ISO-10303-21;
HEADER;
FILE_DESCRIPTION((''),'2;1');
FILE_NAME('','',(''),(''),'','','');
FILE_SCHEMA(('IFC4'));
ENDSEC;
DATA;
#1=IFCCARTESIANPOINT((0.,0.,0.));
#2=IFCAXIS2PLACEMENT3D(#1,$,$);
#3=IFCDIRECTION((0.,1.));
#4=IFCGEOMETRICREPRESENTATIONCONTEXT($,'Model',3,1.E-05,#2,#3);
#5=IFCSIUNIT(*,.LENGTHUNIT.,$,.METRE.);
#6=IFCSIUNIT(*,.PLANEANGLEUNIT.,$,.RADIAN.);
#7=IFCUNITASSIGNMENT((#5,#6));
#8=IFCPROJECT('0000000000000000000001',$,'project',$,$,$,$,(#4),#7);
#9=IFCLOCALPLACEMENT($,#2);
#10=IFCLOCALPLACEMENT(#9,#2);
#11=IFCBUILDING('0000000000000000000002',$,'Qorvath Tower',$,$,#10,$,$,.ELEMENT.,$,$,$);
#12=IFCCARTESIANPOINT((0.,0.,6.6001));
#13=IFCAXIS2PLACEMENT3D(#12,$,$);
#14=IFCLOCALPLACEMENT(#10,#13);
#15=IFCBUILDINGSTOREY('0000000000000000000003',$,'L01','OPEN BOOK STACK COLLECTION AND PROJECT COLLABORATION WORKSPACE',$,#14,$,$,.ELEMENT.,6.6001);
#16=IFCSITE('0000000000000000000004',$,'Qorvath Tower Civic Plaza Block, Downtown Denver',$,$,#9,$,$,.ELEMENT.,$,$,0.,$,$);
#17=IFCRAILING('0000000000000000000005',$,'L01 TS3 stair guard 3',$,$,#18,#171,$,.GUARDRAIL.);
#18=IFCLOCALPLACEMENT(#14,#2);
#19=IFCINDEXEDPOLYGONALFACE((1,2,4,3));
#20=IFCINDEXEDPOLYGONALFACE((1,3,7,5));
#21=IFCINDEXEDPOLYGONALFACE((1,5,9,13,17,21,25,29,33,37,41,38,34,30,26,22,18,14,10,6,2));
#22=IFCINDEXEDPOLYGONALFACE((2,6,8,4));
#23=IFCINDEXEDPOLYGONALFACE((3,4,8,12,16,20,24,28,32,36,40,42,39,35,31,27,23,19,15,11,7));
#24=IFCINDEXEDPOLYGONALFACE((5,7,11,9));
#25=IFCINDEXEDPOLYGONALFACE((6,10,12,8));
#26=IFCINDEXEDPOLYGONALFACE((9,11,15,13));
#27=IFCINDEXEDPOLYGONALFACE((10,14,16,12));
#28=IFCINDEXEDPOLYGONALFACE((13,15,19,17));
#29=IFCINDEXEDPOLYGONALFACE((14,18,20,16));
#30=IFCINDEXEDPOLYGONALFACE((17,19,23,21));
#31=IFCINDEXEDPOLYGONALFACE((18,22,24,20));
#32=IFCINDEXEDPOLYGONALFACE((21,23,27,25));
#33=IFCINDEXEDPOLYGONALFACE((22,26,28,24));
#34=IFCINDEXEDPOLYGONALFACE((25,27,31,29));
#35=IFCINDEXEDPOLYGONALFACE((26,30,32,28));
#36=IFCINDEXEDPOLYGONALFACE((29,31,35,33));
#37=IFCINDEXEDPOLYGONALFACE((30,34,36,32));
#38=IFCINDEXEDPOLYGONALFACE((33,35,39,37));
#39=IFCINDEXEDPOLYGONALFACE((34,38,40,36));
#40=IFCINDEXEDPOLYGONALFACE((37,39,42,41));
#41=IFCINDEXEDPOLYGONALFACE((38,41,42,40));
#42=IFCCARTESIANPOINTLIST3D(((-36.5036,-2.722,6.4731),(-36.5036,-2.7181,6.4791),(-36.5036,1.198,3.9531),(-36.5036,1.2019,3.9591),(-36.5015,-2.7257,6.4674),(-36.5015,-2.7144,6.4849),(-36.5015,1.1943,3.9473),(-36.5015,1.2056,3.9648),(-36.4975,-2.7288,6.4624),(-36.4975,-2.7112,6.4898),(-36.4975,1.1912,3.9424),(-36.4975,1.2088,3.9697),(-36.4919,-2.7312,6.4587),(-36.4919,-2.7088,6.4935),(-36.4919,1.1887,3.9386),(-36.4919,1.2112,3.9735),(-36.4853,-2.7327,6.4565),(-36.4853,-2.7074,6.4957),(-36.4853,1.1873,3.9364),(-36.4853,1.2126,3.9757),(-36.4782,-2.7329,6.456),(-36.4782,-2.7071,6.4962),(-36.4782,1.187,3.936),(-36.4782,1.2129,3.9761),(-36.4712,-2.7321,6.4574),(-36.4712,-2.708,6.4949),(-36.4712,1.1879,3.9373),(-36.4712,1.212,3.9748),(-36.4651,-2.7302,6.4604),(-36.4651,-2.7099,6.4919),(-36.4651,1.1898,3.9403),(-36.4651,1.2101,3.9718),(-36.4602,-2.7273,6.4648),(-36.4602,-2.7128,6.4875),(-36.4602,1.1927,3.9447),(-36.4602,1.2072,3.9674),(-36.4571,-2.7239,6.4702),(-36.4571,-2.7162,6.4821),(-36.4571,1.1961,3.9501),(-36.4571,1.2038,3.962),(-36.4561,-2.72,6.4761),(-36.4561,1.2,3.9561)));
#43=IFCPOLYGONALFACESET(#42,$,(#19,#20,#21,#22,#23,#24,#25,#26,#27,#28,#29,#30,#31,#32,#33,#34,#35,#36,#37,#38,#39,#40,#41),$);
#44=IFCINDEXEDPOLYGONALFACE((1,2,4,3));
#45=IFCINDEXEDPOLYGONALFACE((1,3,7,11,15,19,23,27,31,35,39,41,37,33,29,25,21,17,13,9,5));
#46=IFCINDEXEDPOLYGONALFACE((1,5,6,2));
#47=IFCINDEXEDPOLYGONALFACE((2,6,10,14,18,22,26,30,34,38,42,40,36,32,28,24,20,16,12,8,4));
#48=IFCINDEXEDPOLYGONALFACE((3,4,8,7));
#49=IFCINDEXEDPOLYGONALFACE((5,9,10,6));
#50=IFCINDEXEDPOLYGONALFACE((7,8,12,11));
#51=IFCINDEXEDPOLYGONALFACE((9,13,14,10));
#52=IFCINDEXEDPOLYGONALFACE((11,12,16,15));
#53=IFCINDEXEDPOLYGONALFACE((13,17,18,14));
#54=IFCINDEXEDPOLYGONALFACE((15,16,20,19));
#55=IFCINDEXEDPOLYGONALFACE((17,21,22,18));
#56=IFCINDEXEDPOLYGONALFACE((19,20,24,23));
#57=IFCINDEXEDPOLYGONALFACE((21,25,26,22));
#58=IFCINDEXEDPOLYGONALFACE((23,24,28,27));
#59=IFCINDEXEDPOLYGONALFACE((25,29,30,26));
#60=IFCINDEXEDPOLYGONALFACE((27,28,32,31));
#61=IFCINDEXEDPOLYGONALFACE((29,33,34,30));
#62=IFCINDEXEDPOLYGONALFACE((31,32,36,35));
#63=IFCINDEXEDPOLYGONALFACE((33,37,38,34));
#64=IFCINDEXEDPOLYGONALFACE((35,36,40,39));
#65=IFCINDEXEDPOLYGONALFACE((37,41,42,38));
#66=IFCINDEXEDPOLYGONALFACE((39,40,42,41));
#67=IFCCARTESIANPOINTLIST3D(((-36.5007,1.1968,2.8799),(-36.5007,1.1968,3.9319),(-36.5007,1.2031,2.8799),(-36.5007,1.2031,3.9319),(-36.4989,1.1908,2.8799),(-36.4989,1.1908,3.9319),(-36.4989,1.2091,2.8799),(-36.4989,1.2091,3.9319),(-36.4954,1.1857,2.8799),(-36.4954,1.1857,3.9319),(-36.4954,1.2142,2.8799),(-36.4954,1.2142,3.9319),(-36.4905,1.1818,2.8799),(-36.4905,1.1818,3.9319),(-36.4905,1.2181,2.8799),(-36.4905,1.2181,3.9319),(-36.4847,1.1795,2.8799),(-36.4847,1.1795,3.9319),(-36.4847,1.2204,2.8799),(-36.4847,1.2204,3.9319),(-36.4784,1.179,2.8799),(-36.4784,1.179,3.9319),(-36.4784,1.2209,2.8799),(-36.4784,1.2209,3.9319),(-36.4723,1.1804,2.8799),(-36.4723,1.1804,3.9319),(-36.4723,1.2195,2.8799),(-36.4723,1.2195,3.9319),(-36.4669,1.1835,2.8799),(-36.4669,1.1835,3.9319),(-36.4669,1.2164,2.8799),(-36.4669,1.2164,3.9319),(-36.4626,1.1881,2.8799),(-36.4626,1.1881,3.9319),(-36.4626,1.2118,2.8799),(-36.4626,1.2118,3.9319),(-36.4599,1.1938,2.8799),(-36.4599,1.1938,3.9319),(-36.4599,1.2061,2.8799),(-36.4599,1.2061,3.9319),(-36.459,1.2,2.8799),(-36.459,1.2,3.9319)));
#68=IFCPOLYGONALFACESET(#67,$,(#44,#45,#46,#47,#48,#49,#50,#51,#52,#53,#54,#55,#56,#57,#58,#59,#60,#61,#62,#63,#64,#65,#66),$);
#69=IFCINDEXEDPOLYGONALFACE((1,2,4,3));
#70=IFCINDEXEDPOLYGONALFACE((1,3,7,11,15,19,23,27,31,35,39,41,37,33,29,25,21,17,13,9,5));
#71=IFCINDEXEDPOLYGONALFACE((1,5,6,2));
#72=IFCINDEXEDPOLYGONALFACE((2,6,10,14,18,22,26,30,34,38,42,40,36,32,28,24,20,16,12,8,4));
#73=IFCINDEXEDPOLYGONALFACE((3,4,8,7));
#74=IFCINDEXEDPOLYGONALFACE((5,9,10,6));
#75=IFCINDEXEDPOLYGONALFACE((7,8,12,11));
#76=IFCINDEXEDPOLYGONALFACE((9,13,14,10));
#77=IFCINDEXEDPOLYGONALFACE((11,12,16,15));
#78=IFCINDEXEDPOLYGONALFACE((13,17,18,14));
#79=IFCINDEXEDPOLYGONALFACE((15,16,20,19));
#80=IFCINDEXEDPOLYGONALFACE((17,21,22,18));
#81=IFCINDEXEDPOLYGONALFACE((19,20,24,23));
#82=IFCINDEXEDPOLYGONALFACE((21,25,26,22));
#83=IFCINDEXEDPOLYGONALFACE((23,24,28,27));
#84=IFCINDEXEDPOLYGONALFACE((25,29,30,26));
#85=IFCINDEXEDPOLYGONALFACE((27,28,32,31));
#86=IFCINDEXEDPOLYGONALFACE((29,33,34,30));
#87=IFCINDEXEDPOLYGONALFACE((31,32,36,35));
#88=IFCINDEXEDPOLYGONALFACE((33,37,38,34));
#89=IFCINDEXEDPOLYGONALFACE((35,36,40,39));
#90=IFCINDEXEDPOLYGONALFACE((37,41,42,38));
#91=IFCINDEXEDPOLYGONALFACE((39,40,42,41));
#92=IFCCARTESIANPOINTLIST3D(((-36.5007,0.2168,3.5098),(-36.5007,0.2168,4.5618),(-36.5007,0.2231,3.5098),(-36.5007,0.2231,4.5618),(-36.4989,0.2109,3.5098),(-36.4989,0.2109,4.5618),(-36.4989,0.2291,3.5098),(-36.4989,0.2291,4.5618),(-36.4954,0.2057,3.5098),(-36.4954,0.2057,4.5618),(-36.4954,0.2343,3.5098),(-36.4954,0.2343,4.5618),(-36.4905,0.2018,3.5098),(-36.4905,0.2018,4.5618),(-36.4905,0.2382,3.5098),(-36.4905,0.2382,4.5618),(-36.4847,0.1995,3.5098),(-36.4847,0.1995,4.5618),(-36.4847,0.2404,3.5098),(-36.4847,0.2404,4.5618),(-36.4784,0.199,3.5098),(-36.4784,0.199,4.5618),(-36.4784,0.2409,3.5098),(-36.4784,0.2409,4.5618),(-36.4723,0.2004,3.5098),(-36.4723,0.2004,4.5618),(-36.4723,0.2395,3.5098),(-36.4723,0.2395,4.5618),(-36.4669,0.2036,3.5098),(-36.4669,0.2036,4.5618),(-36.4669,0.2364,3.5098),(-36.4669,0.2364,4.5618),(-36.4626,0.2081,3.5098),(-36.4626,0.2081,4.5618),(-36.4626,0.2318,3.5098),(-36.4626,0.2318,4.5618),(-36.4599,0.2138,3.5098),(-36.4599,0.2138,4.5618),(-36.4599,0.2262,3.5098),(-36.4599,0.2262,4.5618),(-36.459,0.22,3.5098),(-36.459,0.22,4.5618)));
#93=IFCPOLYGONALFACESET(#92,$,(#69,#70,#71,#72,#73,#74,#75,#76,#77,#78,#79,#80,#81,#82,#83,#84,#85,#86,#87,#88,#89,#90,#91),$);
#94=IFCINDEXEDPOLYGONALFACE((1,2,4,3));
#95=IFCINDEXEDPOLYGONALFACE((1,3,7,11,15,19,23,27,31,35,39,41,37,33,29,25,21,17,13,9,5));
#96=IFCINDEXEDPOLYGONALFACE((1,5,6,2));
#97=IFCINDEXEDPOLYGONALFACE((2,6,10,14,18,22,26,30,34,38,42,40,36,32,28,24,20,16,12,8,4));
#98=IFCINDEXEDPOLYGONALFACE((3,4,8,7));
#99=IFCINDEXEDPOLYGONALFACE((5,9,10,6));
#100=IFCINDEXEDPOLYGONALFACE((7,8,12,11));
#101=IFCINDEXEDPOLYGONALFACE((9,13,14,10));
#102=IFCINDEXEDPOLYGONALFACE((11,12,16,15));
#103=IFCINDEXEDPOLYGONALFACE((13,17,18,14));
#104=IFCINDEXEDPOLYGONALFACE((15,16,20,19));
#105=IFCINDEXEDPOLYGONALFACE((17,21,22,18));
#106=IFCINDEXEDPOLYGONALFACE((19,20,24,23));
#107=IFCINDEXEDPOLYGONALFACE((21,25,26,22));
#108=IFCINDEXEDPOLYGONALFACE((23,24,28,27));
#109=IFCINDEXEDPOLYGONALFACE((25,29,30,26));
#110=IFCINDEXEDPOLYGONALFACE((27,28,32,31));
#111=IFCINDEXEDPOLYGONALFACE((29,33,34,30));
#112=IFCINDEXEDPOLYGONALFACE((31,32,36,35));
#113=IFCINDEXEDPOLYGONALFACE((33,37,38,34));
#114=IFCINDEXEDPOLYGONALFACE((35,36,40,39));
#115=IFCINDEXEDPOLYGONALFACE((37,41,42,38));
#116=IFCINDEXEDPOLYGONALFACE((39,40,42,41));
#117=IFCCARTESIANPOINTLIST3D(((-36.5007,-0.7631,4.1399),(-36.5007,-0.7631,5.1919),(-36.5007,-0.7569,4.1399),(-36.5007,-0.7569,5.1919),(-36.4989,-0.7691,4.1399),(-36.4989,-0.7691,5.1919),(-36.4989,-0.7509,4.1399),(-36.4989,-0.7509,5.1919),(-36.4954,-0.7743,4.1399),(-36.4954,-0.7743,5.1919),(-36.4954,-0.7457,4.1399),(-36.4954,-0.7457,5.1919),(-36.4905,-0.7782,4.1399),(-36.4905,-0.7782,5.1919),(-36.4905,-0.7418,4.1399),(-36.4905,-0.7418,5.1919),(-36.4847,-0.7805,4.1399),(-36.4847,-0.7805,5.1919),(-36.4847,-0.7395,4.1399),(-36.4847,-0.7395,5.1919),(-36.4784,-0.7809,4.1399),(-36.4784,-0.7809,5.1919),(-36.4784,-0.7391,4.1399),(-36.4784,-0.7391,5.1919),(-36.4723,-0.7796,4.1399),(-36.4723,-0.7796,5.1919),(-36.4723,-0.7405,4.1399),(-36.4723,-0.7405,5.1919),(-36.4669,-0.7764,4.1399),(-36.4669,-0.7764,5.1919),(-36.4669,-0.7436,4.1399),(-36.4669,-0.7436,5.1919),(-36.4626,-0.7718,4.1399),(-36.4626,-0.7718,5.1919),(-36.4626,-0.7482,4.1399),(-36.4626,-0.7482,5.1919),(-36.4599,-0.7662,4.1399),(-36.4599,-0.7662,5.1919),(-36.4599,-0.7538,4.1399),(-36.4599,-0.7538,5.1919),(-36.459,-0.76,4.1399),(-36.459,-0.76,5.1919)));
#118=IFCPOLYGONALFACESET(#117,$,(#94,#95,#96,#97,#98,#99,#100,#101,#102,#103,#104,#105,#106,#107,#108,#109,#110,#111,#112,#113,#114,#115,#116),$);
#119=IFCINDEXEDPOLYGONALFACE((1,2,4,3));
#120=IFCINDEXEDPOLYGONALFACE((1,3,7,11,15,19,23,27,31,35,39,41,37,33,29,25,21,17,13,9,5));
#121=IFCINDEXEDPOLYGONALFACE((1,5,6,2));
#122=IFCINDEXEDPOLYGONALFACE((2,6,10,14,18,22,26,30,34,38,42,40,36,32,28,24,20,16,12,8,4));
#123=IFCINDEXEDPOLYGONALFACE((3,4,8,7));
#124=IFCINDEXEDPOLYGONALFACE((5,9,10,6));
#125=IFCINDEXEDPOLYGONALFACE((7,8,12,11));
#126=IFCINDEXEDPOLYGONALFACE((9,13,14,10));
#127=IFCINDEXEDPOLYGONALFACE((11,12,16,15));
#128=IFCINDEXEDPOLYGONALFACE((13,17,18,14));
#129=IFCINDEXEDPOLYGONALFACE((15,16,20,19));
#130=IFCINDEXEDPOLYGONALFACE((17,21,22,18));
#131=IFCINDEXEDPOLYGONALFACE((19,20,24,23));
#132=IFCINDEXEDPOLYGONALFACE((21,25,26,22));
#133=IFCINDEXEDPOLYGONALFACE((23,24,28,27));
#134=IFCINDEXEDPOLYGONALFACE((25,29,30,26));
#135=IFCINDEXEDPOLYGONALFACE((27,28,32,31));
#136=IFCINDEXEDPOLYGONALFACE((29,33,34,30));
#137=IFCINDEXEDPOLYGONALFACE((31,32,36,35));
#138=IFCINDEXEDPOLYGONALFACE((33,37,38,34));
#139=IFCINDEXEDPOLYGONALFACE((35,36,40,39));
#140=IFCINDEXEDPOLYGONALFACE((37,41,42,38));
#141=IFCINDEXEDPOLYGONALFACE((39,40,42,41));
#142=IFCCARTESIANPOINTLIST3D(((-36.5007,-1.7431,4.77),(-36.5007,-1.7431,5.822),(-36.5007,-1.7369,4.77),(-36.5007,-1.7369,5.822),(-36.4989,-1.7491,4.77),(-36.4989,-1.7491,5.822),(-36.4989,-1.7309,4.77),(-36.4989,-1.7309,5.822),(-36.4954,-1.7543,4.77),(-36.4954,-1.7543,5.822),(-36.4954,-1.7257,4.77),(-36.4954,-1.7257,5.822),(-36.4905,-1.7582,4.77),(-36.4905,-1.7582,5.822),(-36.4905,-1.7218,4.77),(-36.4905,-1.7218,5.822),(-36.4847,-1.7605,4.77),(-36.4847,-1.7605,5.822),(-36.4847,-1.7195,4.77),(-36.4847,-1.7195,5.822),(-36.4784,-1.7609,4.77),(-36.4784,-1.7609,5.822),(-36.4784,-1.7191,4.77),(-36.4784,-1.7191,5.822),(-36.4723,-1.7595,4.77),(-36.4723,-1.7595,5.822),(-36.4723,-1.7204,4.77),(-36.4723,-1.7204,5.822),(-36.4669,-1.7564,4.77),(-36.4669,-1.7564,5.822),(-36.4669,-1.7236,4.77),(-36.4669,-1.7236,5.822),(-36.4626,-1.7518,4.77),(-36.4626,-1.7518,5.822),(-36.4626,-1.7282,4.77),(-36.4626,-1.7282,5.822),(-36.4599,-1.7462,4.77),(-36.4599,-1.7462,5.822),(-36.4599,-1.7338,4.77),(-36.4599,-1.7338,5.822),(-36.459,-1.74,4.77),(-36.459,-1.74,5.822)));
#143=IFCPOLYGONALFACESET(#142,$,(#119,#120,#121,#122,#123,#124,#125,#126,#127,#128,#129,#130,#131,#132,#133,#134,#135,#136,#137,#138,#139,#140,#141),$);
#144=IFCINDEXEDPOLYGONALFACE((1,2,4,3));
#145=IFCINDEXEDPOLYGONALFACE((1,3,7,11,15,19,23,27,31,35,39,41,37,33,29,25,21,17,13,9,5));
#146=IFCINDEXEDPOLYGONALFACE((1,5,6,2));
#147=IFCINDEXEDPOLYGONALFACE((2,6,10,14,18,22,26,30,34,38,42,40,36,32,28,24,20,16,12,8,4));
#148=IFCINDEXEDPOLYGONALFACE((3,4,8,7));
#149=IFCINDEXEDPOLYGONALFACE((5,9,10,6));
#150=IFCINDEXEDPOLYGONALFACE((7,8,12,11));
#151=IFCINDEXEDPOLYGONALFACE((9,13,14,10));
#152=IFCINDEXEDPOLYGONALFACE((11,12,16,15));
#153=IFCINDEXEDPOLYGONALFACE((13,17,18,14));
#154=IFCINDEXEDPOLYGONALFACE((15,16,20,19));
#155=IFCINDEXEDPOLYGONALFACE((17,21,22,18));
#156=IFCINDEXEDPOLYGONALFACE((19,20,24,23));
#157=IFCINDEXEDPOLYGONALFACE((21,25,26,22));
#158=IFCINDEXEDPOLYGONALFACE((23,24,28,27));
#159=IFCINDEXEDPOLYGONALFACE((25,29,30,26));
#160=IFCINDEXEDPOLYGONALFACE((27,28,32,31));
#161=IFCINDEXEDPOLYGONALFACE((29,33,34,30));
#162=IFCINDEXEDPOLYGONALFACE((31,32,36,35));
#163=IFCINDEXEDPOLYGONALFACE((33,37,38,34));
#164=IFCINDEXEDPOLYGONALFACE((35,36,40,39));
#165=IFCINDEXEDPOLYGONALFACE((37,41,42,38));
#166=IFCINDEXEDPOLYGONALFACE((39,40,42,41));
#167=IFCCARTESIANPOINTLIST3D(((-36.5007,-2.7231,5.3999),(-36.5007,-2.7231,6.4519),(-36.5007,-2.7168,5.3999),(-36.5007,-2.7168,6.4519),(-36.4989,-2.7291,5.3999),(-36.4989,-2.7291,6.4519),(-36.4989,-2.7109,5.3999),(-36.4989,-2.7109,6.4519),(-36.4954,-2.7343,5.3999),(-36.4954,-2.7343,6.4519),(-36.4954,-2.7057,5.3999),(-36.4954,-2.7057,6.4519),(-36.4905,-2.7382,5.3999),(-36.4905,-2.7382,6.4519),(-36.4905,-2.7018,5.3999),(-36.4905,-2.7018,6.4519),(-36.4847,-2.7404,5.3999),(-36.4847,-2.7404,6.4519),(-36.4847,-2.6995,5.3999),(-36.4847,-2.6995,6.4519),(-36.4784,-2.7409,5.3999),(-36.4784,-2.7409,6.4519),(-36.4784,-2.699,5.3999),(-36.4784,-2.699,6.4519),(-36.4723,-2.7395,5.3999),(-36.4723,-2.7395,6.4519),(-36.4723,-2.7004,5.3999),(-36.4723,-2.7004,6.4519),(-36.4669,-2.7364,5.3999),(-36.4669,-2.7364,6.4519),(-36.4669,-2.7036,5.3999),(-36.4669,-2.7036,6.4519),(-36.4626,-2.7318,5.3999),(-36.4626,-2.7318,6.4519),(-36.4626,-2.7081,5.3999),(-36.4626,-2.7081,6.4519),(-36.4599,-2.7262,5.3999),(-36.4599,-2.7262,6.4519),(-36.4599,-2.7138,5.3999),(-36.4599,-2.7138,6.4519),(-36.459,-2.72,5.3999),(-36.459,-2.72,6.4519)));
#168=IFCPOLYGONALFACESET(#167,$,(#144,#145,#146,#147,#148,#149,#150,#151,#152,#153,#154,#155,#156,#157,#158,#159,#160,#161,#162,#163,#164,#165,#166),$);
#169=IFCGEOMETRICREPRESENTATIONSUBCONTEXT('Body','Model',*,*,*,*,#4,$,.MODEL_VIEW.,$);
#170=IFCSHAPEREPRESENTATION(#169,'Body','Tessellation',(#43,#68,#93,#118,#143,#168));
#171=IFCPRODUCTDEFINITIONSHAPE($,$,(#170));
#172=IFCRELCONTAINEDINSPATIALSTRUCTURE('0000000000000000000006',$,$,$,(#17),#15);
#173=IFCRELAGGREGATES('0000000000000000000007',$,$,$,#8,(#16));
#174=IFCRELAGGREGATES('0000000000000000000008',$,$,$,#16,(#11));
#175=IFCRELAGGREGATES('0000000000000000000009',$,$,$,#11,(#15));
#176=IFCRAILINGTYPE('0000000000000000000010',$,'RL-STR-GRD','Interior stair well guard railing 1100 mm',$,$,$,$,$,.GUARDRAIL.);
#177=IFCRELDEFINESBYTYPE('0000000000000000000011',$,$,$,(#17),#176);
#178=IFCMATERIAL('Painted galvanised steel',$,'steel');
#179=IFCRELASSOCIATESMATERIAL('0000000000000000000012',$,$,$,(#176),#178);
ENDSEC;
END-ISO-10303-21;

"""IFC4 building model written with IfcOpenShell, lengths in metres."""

from ifc_helpers import new_model, si_unit, direction, frame, origin, origin_2d, place, context, subcontext, project, spatial, circle, extrude, material, type_object, element, save


model = new_model("IFC4")

# Units and contexts
model_context = context("Model", 3, precision=1e-05, world=origin(), true_north=direction((0.0, 1.0)))
body_context = subcontext(model_context, "Body", "Model", "MODEL_VIEW")
ifc_project = project(units=[si_unit("LENGTHUNIT", "METRE"), si_unit("PLANEANGLEUNIT", "RADIAN")], contexts=[model_context])

# Site, building, storey
site_placement = place(None, origin())
site = spatial("IfcSite", under=ifc_project, at=site_placement, Name="Qorvath Tower Civic Plaza Block, Downtown Denver", CompositionType="ELEMENT", RefElevation=0.0)
building_placement = place(site_placement, origin())
building = spatial("IfcBuilding", under=site, at=building_placement, Name="Qorvath Tower", CompositionType="ELEMENT")
storey_placement = place(building_placement, frame((0.0, 0.0, 6.6001)))
storey = spatial("IfcBuildingStorey", under=building, at=storey_placement, Name="L01", Description="OPEN BOOK STACK COLLECTION AND PROJECT COLLABORATION WORKSPACE", CompositionType="ELEMENT", Elevation=6.6001)

# Railing
ifc_material_1 = material(Name="Painted galvanised steel", Category="steel")
railing_type_1 = type_object("IfcRailingType", Name="RL-STR-GRD", Description="Interior stair well guard railing 1100 mm", PredefinedType="GUARDRAIL", material=ifc_material_1)
railing_1_placement = place(storey_placement, frame((-36.48, 1.2, 2.8799)))
element("IfcRailing", 1, at=railing_1_placement, inside=storey, type_object=railing_type_1, Name="L01 TS3 stair guard 3", PredefinedType="GUARDRAIL", context=body_context, shape_type="SweptSolid", body=[
    extrude(circle(Radius=0.0239, at=origin_2d()), frame((0.0, 0.0, 1.0762), z_axis=(0.0, -0.841172, 0.540768), x_axis=(1.0, 0.0, 0.0)), (0.0, 0.0, 1.0), 4.6602),
    extrude(circle(Radius=0.021, at=origin_2d()), origin(), (0.0, 0.0, 1.0), 1.052),
    extrude(circle(Radius=0.021, at=origin_2d()), frame((0.0, -0.98, 0.6299)), (0.0, 0.0, 1.0), 1.052),
    extrude(circle(Radius=0.021, at=origin_2d()), frame((0.0, -1.96, 1.26)), (0.0, 0.0, 1.0), 1.052),
    extrude(circle(Radius=0.021, at=origin_2d()), frame((0.0, -2.9399, 1.8901)), (0.0, 0.0, 1.0), 1.052),
    extrude(circle(Radius=0.021, at=origin_2d()), frame((0.0, -3.9199, 2.52)), (0.0, 0.0, 1.0), 1.052),
])

save(model, "model.ifc")
